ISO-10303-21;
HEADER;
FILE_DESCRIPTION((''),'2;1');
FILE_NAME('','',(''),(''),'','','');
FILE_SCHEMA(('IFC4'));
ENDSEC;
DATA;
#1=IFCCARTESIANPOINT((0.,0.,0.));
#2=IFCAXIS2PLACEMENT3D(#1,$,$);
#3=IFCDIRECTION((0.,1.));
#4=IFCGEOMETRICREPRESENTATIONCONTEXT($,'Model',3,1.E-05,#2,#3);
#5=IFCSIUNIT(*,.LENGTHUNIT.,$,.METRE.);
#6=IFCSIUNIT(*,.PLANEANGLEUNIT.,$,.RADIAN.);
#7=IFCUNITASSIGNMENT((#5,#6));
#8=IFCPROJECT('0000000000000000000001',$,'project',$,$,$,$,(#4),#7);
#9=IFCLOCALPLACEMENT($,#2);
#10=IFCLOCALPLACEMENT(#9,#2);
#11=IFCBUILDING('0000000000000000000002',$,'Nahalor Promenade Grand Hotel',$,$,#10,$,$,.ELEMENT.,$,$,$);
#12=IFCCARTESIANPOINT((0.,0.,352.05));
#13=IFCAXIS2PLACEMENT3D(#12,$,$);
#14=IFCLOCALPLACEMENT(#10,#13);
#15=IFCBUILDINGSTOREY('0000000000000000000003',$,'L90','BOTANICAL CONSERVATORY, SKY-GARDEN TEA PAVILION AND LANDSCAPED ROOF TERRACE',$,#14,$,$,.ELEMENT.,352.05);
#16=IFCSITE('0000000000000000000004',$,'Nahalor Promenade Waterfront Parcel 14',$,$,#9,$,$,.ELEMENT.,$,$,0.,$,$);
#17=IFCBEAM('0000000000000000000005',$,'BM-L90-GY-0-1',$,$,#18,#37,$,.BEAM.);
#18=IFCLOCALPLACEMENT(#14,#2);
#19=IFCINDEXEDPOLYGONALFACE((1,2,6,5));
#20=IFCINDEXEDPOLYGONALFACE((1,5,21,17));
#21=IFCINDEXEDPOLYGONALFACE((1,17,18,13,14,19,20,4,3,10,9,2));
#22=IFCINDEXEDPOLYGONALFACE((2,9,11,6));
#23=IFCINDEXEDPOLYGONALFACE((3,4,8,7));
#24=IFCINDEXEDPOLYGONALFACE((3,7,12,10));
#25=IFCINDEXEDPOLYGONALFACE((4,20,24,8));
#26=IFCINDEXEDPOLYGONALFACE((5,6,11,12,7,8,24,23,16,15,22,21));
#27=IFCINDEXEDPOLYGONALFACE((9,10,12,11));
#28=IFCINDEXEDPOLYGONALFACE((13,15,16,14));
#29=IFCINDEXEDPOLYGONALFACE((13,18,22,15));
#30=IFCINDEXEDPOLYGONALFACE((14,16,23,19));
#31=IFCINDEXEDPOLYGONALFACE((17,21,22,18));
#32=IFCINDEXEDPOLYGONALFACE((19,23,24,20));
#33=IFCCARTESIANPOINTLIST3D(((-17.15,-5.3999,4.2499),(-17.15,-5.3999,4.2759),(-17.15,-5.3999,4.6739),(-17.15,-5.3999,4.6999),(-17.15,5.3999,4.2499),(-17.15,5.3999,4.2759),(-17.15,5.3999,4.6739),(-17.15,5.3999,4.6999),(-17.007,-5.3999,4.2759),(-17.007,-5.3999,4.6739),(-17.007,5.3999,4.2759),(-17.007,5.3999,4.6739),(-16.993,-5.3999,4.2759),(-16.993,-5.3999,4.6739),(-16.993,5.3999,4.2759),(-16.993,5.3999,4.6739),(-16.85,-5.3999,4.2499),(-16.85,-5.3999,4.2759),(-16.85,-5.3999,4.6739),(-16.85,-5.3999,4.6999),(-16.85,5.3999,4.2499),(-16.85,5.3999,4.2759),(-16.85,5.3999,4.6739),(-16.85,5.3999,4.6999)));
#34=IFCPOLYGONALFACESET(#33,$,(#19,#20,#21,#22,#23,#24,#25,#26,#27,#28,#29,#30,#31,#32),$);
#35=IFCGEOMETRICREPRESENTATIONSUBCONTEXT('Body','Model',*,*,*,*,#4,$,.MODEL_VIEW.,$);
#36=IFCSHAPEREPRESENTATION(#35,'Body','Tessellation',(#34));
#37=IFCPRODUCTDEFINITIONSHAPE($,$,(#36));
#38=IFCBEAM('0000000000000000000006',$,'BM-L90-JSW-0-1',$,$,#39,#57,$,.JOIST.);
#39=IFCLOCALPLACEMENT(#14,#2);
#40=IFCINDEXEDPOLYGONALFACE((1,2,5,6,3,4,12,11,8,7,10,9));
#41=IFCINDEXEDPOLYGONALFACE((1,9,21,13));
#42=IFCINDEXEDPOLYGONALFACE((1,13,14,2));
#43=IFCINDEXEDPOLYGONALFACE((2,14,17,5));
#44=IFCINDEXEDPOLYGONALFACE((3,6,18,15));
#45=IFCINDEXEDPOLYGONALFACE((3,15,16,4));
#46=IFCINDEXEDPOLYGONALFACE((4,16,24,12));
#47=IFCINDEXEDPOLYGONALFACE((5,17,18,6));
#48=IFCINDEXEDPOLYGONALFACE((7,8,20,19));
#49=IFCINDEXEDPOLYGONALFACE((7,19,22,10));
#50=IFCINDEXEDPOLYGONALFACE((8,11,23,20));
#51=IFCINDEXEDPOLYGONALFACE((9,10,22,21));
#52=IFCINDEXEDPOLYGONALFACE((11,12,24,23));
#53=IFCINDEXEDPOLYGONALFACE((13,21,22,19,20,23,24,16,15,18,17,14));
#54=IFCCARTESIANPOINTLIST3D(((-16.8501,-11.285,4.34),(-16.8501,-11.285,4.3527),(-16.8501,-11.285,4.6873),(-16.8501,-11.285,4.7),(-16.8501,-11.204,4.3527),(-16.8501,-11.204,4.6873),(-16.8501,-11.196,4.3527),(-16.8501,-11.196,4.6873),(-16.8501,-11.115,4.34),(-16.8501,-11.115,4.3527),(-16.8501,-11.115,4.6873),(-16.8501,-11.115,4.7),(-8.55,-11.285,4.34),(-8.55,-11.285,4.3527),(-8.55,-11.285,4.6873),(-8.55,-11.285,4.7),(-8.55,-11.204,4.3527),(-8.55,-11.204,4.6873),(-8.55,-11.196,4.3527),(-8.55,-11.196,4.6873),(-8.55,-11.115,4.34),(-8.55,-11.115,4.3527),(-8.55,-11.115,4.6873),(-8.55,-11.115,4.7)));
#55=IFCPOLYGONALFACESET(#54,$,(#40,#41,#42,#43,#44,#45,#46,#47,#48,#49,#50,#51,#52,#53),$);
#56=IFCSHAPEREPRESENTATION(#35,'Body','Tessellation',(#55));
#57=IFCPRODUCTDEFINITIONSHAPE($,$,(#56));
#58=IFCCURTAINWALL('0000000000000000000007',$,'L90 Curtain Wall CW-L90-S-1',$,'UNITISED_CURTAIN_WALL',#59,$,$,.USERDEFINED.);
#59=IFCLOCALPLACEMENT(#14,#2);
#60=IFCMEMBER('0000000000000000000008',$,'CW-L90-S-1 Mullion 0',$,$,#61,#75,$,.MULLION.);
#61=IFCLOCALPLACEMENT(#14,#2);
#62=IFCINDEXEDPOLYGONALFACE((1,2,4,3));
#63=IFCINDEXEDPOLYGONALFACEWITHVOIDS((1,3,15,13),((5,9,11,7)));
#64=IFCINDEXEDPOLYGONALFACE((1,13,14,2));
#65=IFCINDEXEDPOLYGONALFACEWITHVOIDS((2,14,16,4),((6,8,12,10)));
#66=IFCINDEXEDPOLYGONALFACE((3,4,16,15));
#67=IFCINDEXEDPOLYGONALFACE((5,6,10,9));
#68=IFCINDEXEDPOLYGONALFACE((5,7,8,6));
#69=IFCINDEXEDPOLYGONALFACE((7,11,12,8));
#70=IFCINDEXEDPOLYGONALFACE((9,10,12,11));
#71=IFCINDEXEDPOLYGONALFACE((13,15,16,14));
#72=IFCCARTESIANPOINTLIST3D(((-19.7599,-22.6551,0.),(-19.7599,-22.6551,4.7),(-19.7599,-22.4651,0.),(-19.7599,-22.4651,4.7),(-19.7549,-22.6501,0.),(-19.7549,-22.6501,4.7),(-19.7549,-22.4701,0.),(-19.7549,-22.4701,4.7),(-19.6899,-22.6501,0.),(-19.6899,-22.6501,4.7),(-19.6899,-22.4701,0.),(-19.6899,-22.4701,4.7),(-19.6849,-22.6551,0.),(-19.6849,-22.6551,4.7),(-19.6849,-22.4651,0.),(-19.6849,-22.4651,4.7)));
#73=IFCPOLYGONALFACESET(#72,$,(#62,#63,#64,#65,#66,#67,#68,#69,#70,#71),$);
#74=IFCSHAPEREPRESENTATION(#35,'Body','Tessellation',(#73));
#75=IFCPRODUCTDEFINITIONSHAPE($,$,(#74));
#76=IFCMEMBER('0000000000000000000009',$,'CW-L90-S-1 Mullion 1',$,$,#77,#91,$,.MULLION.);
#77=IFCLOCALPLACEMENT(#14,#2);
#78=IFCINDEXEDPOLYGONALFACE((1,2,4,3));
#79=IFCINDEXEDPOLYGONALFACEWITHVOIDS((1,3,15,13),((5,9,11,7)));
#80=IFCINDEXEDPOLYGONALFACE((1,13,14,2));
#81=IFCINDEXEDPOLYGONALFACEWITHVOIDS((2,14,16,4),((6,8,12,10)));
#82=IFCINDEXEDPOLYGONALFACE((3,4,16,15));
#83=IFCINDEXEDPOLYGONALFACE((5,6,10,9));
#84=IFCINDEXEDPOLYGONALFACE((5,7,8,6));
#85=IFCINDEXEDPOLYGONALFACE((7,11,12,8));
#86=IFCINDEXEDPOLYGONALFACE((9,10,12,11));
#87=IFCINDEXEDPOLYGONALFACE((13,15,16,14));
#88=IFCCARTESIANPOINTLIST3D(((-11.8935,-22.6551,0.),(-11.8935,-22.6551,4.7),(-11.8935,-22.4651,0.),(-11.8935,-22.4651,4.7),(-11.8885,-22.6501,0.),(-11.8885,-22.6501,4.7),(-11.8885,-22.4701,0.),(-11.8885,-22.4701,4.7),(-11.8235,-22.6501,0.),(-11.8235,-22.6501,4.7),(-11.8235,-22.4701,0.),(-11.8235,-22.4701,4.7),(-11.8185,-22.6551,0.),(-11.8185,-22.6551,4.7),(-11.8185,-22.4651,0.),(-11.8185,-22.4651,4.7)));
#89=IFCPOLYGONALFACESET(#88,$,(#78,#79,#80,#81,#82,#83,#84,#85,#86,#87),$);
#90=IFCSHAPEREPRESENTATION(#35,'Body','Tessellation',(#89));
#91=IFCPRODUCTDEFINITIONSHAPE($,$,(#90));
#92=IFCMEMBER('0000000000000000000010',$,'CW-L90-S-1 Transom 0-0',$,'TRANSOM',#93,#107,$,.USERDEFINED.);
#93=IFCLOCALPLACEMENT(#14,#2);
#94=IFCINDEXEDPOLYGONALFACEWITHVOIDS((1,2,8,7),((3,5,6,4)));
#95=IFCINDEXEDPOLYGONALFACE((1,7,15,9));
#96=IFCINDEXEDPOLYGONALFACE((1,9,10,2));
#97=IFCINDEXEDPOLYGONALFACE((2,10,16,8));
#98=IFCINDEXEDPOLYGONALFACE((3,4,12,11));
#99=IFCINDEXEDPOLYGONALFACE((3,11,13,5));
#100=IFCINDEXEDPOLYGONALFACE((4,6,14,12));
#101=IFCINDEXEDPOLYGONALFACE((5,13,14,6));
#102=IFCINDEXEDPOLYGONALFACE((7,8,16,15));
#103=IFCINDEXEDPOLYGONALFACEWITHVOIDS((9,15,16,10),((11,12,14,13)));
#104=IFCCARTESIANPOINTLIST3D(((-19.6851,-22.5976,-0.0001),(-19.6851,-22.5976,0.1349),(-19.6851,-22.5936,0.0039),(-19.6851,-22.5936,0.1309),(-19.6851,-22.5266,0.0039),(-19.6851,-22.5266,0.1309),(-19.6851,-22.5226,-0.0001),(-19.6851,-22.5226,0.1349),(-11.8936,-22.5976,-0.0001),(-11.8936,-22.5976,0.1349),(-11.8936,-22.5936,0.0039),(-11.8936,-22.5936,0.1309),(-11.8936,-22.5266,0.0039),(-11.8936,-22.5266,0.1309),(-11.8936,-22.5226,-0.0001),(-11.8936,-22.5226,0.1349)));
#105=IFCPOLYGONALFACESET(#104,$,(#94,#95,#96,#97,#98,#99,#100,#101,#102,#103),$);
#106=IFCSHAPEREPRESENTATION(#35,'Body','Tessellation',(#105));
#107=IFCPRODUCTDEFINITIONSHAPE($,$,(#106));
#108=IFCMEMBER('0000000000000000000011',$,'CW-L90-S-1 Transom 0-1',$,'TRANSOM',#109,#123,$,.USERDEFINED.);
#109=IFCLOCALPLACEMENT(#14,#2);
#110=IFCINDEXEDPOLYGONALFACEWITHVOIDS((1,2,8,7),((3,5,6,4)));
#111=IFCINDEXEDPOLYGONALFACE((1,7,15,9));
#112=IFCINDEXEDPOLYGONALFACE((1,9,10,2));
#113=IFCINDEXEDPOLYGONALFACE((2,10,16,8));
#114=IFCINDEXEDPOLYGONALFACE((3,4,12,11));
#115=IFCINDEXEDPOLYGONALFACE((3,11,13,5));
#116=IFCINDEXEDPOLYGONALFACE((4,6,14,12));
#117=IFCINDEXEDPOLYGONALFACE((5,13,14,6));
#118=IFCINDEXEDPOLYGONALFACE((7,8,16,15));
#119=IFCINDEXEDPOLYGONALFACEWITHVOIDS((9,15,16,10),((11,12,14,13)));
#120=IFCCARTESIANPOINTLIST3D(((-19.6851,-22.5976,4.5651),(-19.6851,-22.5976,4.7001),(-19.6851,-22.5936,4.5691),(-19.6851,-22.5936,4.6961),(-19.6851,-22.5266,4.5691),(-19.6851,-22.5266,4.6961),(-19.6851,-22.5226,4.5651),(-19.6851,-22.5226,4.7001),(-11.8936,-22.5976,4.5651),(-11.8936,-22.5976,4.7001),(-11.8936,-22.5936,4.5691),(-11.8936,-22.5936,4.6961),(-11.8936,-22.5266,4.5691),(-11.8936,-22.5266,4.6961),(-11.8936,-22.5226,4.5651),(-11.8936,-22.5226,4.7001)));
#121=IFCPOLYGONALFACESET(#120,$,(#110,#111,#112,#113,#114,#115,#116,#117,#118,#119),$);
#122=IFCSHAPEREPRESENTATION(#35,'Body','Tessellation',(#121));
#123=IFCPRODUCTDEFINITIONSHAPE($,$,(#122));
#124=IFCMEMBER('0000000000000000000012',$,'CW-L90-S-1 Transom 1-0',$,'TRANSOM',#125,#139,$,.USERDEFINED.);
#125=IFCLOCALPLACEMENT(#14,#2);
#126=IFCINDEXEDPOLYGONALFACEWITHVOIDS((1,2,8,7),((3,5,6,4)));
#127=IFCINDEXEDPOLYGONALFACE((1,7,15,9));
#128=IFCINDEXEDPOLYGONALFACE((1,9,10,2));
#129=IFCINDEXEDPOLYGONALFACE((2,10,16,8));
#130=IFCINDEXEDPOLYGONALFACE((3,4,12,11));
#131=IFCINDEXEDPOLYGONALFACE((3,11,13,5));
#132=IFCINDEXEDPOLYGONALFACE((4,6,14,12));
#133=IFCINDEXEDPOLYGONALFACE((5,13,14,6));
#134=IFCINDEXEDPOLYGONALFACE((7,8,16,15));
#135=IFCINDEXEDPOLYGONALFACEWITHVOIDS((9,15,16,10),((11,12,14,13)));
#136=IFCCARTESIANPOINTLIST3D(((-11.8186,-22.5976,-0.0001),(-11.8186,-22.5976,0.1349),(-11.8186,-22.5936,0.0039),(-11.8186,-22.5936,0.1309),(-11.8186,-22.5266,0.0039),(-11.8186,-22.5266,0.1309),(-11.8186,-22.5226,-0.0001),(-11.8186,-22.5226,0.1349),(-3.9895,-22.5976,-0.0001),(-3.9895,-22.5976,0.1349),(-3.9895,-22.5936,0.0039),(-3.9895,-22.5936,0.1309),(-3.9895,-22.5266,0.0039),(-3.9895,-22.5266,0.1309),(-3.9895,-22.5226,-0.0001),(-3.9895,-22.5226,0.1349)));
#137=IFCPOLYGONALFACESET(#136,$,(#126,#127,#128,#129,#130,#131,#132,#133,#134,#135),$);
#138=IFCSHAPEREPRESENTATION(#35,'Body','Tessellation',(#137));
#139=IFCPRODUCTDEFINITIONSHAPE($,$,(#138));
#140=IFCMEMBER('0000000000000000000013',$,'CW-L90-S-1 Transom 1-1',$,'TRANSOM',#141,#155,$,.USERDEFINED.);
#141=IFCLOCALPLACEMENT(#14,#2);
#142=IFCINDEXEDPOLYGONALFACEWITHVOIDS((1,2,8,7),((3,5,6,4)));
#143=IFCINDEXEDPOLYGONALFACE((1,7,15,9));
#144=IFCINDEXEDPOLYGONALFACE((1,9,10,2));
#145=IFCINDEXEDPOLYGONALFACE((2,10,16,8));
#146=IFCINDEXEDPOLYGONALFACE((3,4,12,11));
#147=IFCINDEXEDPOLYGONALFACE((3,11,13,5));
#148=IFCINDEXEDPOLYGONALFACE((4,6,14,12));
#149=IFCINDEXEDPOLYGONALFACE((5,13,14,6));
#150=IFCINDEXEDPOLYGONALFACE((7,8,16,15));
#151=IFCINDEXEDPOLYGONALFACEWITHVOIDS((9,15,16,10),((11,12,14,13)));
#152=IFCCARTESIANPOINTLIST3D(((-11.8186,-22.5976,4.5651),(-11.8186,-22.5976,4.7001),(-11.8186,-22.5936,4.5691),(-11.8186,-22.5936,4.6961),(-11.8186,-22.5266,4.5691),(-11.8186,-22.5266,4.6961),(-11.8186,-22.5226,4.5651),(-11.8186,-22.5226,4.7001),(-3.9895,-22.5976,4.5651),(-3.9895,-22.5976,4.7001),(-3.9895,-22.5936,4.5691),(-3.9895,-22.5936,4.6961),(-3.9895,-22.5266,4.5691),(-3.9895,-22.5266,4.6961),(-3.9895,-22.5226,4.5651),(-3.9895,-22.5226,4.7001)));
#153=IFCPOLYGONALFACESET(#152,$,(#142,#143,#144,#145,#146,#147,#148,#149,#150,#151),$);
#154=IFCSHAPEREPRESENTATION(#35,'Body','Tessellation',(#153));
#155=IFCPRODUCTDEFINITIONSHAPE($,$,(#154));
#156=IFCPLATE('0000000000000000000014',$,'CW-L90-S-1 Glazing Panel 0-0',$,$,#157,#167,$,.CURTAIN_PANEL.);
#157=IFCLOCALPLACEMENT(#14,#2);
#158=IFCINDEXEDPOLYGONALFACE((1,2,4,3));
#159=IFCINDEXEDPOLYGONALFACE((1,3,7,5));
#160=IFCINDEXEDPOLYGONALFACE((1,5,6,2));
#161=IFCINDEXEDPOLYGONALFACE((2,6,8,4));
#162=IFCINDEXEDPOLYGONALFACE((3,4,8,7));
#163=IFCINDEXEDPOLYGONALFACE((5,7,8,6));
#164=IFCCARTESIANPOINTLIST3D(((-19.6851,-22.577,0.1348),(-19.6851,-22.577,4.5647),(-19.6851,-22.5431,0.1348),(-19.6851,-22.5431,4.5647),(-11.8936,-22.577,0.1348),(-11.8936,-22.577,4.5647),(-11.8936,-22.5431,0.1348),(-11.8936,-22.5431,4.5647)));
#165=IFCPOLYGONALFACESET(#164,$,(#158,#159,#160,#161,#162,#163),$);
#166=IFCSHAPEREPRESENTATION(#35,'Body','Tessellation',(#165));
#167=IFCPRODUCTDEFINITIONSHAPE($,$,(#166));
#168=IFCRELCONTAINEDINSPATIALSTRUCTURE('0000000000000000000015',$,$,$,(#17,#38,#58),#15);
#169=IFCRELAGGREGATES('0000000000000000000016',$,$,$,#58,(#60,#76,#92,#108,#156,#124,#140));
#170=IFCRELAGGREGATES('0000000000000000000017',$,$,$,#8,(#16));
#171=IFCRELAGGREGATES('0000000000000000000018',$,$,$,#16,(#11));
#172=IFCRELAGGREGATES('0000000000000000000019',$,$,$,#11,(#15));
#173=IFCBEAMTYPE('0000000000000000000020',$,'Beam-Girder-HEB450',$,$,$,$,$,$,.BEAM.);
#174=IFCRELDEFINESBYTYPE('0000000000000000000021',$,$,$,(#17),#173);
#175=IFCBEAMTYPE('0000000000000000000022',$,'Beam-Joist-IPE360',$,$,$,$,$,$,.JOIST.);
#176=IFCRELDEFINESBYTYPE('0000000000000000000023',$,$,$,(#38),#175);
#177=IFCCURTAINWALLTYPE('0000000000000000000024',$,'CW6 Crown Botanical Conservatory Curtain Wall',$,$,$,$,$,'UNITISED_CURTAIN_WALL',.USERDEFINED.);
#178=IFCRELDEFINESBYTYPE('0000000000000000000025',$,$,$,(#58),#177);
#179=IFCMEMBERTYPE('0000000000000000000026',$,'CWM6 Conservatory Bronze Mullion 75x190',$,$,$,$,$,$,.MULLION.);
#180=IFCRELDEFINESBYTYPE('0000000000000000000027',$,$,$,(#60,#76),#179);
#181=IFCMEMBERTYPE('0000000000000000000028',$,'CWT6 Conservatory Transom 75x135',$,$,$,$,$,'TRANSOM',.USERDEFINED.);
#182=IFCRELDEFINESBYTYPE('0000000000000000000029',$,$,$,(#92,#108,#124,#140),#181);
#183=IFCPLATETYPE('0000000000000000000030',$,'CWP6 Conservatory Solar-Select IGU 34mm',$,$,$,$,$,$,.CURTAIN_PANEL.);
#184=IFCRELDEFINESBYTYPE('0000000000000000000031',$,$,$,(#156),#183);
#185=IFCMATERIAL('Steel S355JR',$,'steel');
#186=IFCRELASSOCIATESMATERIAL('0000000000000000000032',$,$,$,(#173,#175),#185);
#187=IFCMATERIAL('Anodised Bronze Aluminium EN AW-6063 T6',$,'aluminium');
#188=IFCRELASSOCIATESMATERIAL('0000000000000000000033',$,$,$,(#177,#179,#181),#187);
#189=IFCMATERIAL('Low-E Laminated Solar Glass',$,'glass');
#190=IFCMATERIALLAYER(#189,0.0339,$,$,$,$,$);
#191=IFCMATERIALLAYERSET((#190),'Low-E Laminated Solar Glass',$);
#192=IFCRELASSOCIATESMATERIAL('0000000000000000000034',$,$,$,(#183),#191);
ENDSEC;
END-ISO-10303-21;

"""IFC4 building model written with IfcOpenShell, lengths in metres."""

from ifc_helpers import new_model, si_unit, direction, frame, origin, origin_2d, place, context, subcontext, project, spatial, rectangle, hollow_rectangle, i_section, extrude, source, transform, mapped, material, layer, layer_set, material_profile, profile_set, type_object, element, aggregate, save


model = new_model("IFC4")

# Units and contexts
model_context = context("Model", 3, precision=1e-05, world=origin(), true_north=direction((0.0, 1.0)))
body_context = subcontext(model_context, "Body", "Model", "MODEL_VIEW")
ifc_project = project(units=[si_unit("LENGTHUNIT", "METRE"), si_unit("PLANEANGLEUNIT", "RADIAN")], contexts=[model_context])

# Site, building, storey
site_placement = place(None, origin())
site = spatial("IfcSite", under=ifc_project, at=site_placement, Name="Nahalor Promenade Waterfront Parcel 14", CompositionType="ELEMENT", RefElevation=0.0)
building_placement = place(site_placement, origin())
building = spatial("IfcBuilding", under=site, at=building_placement, Name="Nahalor Promenade Grand Hotel", CompositionType="ELEMENT")
storey_placement = place(building_placement, frame((0.0, 0.0, 352.05)))
storey = spatial("IfcBuildingStorey", under=building, at=storey_placement, Name="L90", Description="BOTANICAL CONSERVATORY, SKY-GARDEN TEA PAVILION AND LANDSCAPED ROOF TERRACE", CompositionType="ELEMENT", Elevation=352.05)

# Shared definitions
ifc_material_1 = material(Name="Steel S355JR", Category="steel")

# Beams
ifc_material_profile_1 = material_profile(ifc_material_1, i_section(OverallWidth=0.3, OverallDepth=0.45, WebThickness=0.014, FlangeThickness=0.026, at=origin_2d()), Name="HEB 450")
ifc_profile_set_1 = profile_set([ifc_material_profile_1], Name="Steel S355JR")
beam_type_1 = type_object("IfcBeamType", Name="Beam-Girder-HEB450", PredefinedType="BEAM", material=ifc_profile_set_1)
shared_shape_1 = source(origin(), body_context, "Body", "SweptSolid", [
    extrude(i_section(OverallWidth=0.3, OverallDepth=0.45, WebThickness=0.014, FlangeThickness=0.026, at=origin_2d()), origin(), (0.0, 0.0, 1.0), 10.7998),
])
beam_1_placement = place(storey_placement, frame((-17.0, -5.3999, 4.4749), z_axis=(0.0, 1.0, 0.0), x_axis=(-1.0, 0.0, 0.0)))
element("IfcBeam", 1, at=beam_1_placement, inside=storey, type_object=beam_type_1, Name="BM-L90-GY-0-1", PredefinedType="BEAM", context=body_context, shape_type="MappedRepresentation", body=[
    mapped(shared_shape_1, transform((0.0, 0.0, 0.0), scale=1.0)),
])
ifc_material_profile_2 = material_profile(ifc_material_1, i_section(OverallWidth=0.17, OverallDepth=0.36, WebThickness=0.008, FlangeThickness=0.0127, at=origin_2d()), Name="IPE 360")
ifc_profile_set_2 = profile_set([ifc_material_profile_2], Name="Steel S355JR")
beam_type_2 = type_object("IfcBeamType", Name="Beam-Joist-IPE360", PredefinedType="JOIST", material=ifc_profile_set_2)
shared_shape_2 = source(origin(), body_context, "Body", "SweptSolid", [
    extrude(i_section(OverallWidth=0.17, OverallDepth=0.36, WebThickness=0.008, FlangeThickness=0.0127, at=origin_2d()), origin(), (0.0, 0.0, 1.0), 8.3),
])
beam_2_placement = place(storey_placement, frame((-16.8501, -11.2, 4.52), z_axis=(1.0, 0.0, 0.0), x_axis=(0.0, 1.0, 0.0)))
element("IfcBeam", 2, at=beam_2_placement, inside=storey, type_object=beam_type_2, Name="BM-L90-JSW-0-1", PredefinedType="JOIST", context=body_context, shape_type="MappedRepresentation", body=[
    mapped(shared_shape_2, transform((0.0, 0.0, 0.0), scale=1.0)),
])

# Curtain wall, members, plate
ifc_material_2 = material(Name="Anodised Bronze Aluminium EN AW-6063 T6", Category="aluminium")
curtain_wall_type = type_object("IfcCurtainWallType", Name="CW6 Crown Botanical Conservatory Curtain Wall", ElementType="UNITISED_CURTAIN_WALL", PredefinedType="USERDEFINED", material=ifc_material_2)
curtain_wall_placement = place(storey_placement, origin())
curtain_wall = element("IfcCurtainWall", 3, at=curtain_wall_placement, inside=storey, type_object=curtain_wall_type, Name="L90 Curtain Wall CW-L90-S-1", ObjectType="UNITISED_CURTAIN_WALL", PredefinedType="USERDEFINED")
ifc_material_profile_3 = material_profile(ifc_material_2, hollow_rectangle(XDim=0.075, YDim=0.19, WallThickness=0.005, at=origin_2d()), Name="CWM 75x190x5")
ifc_profile_set_3 = profile_set([ifc_material_profile_3], Name="Anodised Bronze Aluminium EN AW-6063 T6")
member_type_1 = type_object("IfcMemberType", Name="CWM6 Conservatory Bronze Mullion 75x190", PredefinedType="MULLION", material=ifc_profile_set_3)
shared_shape_3 = source(origin(), body_context, "Body", "SweptSolid", [
    extrude(hollow_rectangle(XDim=0.075, YDim=0.19, WallThickness=0.005, at=origin_2d()), origin(), (0.0, 0.0, 1.0), 4.7),
])
member_1_placement = place(storey_placement, frame((-19.7224, -22.5601, 0.0), z_axis=(0.0, 0.0, 1.0), x_axis=(1.0, 0.0, 0.0)))
member_1 = element("IfcMember", 4, at=member_1_placement, type_object=member_type_1, Name="CW-L90-S-1 Mullion 0", PredefinedType="MULLION", context=body_context, shape_type="MappedRepresentation", body=[
    mapped(shared_shape_3, transform((0.0, 0.0, 0.0), scale=1.0)),
])
member_2_placement = place(storey_placement, frame((-11.856, -22.5601, 0.0), z_axis=(0.0, 0.0, 1.0), x_axis=(1.0, 0.0, 0.0)))
member_2 = element("IfcMember", 5, at=member_2_placement, type_object=member_type_1, Name="CW-L90-S-1 Mullion 1", PredefinedType="MULLION", context=body_context, shape_type="MappedRepresentation", body=[
    mapped(shared_shape_3, transform((0.0, 0.0, 0.0), scale=1.0)),
])
ifc_material_profile_4 = material_profile(ifc_material_2, hollow_rectangle(XDim=0.075, YDim=0.135, WallThickness=0.004, at=origin_2d()), Name="CWT 75x135x4")
ifc_profile_set_4 = profile_set([ifc_material_profile_4], Name="Anodised Bronze Aluminium EN AW-6063 T6")
member_type_2 = type_object("IfcMemberType", Name="CWT6 Conservatory Transom 75x135", ElementType="TRANSOM", PredefinedType="USERDEFINED", material=ifc_profile_set_4)
shared_shape_4 = source(origin(), body_context, "Body", "SweptSolid", [
    extrude(hollow_rectangle(XDim=0.075, YDim=0.135, WallThickness=0.004, at=origin_2d()), origin(), (0.0, 0.0, 1.0), 7.7915),
])
member_3_placement = place(storey_placement, frame((-19.6851, -22.5601, 0.0674), z_axis=(1.0, 0.0, 0.0), x_axis=(0.0, 1.0, 0.0)))
member_3 = element("IfcMember", 6, at=member_3_placement, type_object=member_type_2, Name="CW-L90-S-1 Transom 0-0", ObjectType="TRANSOM", PredefinedType="USERDEFINED", context=body_context, shape_type="MappedRepresentation", body=[
    mapped(shared_shape_4, transform((0.0, 0.0, 0.0), scale=1.0)),
])
member_4_placement = place(storey_placement, frame((-19.6851, -22.5601, 4.6326), z_axis=(1.0, 0.0, 0.0), x_axis=(0.0, 1.0, 0.0)))
member_4 = element("IfcMember", 7, at=member_4_placement, type_object=member_type_2, Name="CW-L90-S-1 Transom 0-1", ObjectType="TRANSOM", PredefinedType="USERDEFINED", context=body_context, shape_type="MappedRepresentation", body=[
    mapped(shared_shape_4, transform((0.0, 0.0, 0.0), scale=1.0)),
])
shared_shape_5 = source(origin(), body_context, "Body", "SweptSolid", [
    extrude(hollow_rectangle(XDim=0.075, YDim=0.135, WallThickness=0.004, at=origin_2d()), origin(), (0.0, 0.0, 1.0), 7.8291),
])
member_5_placement = place(storey_placement, frame((-11.8186, -22.5601, 0.0674), z_axis=(1.0, 0.0, 0.0), x_axis=(0.0, 1.0, 0.0)))
member_5 = element("IfcMember", 8, at=member_5_placement, type_object=member_type_2, Name="CW-L90-S-1 Transom 1-0", ObjectType="TRANSOM", PredefinedType="USERDEFINED", context=body_context, shape_type="MappedRepresentation", body=[
    mapped(shared_shape_5, transform((0.0, 0.0, 0.0), scale=1.0)),
])
member_6_placement = place(storey_placement, frame((-11.8186, -22.5601, 4.6326), z_axis=(1.0, 0.0, 0.0), x_axis=(0.0, 1.0, 0.0)))
member_6 = element("IfcMember", 9, at=member_6_placement, type_object=member_type_2, Name="CW-L90-S-1 Transom 1-1", ObjectType="TRANSOM", PredefinedType="USERDEFINED", context=body_context, shape_type="MappedRepresentation", body=[
    mapped(shared_shape_5, transform((0.0, 0.0, 0.0), scale=1.0)),
])
ifc_material_3 = material(Name="Low-E Laminated Solar Glass", Category="glass")
ifc_layer_1 = layer(ifc_material_3, 0.0339)
ifc_layer_set_1 = layer_set([ifc_layer_1], Name="Low-E Laminated Solar Glass")
plate_type = type_object("IfcPlateType", Name="CWP6 Conservatory Solar-Select IGU 34mm", PredefinedType="CURTAIN_PANEL", material=ifc_layer_set_1)
shared_shape_6 = source(origin(), body_context, "Body", "SweptSolid", [
    extrude(rectangle(XDim=7.7915, YDim=0.0339, at=origin_2d()), origin(), (0.0, 0.0, 1.0), 4.4299),
])
plate_placement = place(storey_placement, frame((-15.7893, -22.5601, 0.1348), z_axis=(0.0, 0.0, 1.0), x_axis=(1.0, 0.0, 0.0)))
plate = element("IfcPlate", 10, at=plate_placement, type_object=plate_type, Name="CW-L90-S-1 Glazing Panel 0-0", PredefinedType="CURTAIN_PANEL", context=body_context, shape_type="MappedRepresentation", body=[
    mapped(shared_shape_6, transform((0.0, 0.0, 0.0), scale=1.0)),
])
aggregate(curtain_wall, [member_1, member_2, member_3, member_4, plate, member_5, member_6])

save(model, "model.ifc")
